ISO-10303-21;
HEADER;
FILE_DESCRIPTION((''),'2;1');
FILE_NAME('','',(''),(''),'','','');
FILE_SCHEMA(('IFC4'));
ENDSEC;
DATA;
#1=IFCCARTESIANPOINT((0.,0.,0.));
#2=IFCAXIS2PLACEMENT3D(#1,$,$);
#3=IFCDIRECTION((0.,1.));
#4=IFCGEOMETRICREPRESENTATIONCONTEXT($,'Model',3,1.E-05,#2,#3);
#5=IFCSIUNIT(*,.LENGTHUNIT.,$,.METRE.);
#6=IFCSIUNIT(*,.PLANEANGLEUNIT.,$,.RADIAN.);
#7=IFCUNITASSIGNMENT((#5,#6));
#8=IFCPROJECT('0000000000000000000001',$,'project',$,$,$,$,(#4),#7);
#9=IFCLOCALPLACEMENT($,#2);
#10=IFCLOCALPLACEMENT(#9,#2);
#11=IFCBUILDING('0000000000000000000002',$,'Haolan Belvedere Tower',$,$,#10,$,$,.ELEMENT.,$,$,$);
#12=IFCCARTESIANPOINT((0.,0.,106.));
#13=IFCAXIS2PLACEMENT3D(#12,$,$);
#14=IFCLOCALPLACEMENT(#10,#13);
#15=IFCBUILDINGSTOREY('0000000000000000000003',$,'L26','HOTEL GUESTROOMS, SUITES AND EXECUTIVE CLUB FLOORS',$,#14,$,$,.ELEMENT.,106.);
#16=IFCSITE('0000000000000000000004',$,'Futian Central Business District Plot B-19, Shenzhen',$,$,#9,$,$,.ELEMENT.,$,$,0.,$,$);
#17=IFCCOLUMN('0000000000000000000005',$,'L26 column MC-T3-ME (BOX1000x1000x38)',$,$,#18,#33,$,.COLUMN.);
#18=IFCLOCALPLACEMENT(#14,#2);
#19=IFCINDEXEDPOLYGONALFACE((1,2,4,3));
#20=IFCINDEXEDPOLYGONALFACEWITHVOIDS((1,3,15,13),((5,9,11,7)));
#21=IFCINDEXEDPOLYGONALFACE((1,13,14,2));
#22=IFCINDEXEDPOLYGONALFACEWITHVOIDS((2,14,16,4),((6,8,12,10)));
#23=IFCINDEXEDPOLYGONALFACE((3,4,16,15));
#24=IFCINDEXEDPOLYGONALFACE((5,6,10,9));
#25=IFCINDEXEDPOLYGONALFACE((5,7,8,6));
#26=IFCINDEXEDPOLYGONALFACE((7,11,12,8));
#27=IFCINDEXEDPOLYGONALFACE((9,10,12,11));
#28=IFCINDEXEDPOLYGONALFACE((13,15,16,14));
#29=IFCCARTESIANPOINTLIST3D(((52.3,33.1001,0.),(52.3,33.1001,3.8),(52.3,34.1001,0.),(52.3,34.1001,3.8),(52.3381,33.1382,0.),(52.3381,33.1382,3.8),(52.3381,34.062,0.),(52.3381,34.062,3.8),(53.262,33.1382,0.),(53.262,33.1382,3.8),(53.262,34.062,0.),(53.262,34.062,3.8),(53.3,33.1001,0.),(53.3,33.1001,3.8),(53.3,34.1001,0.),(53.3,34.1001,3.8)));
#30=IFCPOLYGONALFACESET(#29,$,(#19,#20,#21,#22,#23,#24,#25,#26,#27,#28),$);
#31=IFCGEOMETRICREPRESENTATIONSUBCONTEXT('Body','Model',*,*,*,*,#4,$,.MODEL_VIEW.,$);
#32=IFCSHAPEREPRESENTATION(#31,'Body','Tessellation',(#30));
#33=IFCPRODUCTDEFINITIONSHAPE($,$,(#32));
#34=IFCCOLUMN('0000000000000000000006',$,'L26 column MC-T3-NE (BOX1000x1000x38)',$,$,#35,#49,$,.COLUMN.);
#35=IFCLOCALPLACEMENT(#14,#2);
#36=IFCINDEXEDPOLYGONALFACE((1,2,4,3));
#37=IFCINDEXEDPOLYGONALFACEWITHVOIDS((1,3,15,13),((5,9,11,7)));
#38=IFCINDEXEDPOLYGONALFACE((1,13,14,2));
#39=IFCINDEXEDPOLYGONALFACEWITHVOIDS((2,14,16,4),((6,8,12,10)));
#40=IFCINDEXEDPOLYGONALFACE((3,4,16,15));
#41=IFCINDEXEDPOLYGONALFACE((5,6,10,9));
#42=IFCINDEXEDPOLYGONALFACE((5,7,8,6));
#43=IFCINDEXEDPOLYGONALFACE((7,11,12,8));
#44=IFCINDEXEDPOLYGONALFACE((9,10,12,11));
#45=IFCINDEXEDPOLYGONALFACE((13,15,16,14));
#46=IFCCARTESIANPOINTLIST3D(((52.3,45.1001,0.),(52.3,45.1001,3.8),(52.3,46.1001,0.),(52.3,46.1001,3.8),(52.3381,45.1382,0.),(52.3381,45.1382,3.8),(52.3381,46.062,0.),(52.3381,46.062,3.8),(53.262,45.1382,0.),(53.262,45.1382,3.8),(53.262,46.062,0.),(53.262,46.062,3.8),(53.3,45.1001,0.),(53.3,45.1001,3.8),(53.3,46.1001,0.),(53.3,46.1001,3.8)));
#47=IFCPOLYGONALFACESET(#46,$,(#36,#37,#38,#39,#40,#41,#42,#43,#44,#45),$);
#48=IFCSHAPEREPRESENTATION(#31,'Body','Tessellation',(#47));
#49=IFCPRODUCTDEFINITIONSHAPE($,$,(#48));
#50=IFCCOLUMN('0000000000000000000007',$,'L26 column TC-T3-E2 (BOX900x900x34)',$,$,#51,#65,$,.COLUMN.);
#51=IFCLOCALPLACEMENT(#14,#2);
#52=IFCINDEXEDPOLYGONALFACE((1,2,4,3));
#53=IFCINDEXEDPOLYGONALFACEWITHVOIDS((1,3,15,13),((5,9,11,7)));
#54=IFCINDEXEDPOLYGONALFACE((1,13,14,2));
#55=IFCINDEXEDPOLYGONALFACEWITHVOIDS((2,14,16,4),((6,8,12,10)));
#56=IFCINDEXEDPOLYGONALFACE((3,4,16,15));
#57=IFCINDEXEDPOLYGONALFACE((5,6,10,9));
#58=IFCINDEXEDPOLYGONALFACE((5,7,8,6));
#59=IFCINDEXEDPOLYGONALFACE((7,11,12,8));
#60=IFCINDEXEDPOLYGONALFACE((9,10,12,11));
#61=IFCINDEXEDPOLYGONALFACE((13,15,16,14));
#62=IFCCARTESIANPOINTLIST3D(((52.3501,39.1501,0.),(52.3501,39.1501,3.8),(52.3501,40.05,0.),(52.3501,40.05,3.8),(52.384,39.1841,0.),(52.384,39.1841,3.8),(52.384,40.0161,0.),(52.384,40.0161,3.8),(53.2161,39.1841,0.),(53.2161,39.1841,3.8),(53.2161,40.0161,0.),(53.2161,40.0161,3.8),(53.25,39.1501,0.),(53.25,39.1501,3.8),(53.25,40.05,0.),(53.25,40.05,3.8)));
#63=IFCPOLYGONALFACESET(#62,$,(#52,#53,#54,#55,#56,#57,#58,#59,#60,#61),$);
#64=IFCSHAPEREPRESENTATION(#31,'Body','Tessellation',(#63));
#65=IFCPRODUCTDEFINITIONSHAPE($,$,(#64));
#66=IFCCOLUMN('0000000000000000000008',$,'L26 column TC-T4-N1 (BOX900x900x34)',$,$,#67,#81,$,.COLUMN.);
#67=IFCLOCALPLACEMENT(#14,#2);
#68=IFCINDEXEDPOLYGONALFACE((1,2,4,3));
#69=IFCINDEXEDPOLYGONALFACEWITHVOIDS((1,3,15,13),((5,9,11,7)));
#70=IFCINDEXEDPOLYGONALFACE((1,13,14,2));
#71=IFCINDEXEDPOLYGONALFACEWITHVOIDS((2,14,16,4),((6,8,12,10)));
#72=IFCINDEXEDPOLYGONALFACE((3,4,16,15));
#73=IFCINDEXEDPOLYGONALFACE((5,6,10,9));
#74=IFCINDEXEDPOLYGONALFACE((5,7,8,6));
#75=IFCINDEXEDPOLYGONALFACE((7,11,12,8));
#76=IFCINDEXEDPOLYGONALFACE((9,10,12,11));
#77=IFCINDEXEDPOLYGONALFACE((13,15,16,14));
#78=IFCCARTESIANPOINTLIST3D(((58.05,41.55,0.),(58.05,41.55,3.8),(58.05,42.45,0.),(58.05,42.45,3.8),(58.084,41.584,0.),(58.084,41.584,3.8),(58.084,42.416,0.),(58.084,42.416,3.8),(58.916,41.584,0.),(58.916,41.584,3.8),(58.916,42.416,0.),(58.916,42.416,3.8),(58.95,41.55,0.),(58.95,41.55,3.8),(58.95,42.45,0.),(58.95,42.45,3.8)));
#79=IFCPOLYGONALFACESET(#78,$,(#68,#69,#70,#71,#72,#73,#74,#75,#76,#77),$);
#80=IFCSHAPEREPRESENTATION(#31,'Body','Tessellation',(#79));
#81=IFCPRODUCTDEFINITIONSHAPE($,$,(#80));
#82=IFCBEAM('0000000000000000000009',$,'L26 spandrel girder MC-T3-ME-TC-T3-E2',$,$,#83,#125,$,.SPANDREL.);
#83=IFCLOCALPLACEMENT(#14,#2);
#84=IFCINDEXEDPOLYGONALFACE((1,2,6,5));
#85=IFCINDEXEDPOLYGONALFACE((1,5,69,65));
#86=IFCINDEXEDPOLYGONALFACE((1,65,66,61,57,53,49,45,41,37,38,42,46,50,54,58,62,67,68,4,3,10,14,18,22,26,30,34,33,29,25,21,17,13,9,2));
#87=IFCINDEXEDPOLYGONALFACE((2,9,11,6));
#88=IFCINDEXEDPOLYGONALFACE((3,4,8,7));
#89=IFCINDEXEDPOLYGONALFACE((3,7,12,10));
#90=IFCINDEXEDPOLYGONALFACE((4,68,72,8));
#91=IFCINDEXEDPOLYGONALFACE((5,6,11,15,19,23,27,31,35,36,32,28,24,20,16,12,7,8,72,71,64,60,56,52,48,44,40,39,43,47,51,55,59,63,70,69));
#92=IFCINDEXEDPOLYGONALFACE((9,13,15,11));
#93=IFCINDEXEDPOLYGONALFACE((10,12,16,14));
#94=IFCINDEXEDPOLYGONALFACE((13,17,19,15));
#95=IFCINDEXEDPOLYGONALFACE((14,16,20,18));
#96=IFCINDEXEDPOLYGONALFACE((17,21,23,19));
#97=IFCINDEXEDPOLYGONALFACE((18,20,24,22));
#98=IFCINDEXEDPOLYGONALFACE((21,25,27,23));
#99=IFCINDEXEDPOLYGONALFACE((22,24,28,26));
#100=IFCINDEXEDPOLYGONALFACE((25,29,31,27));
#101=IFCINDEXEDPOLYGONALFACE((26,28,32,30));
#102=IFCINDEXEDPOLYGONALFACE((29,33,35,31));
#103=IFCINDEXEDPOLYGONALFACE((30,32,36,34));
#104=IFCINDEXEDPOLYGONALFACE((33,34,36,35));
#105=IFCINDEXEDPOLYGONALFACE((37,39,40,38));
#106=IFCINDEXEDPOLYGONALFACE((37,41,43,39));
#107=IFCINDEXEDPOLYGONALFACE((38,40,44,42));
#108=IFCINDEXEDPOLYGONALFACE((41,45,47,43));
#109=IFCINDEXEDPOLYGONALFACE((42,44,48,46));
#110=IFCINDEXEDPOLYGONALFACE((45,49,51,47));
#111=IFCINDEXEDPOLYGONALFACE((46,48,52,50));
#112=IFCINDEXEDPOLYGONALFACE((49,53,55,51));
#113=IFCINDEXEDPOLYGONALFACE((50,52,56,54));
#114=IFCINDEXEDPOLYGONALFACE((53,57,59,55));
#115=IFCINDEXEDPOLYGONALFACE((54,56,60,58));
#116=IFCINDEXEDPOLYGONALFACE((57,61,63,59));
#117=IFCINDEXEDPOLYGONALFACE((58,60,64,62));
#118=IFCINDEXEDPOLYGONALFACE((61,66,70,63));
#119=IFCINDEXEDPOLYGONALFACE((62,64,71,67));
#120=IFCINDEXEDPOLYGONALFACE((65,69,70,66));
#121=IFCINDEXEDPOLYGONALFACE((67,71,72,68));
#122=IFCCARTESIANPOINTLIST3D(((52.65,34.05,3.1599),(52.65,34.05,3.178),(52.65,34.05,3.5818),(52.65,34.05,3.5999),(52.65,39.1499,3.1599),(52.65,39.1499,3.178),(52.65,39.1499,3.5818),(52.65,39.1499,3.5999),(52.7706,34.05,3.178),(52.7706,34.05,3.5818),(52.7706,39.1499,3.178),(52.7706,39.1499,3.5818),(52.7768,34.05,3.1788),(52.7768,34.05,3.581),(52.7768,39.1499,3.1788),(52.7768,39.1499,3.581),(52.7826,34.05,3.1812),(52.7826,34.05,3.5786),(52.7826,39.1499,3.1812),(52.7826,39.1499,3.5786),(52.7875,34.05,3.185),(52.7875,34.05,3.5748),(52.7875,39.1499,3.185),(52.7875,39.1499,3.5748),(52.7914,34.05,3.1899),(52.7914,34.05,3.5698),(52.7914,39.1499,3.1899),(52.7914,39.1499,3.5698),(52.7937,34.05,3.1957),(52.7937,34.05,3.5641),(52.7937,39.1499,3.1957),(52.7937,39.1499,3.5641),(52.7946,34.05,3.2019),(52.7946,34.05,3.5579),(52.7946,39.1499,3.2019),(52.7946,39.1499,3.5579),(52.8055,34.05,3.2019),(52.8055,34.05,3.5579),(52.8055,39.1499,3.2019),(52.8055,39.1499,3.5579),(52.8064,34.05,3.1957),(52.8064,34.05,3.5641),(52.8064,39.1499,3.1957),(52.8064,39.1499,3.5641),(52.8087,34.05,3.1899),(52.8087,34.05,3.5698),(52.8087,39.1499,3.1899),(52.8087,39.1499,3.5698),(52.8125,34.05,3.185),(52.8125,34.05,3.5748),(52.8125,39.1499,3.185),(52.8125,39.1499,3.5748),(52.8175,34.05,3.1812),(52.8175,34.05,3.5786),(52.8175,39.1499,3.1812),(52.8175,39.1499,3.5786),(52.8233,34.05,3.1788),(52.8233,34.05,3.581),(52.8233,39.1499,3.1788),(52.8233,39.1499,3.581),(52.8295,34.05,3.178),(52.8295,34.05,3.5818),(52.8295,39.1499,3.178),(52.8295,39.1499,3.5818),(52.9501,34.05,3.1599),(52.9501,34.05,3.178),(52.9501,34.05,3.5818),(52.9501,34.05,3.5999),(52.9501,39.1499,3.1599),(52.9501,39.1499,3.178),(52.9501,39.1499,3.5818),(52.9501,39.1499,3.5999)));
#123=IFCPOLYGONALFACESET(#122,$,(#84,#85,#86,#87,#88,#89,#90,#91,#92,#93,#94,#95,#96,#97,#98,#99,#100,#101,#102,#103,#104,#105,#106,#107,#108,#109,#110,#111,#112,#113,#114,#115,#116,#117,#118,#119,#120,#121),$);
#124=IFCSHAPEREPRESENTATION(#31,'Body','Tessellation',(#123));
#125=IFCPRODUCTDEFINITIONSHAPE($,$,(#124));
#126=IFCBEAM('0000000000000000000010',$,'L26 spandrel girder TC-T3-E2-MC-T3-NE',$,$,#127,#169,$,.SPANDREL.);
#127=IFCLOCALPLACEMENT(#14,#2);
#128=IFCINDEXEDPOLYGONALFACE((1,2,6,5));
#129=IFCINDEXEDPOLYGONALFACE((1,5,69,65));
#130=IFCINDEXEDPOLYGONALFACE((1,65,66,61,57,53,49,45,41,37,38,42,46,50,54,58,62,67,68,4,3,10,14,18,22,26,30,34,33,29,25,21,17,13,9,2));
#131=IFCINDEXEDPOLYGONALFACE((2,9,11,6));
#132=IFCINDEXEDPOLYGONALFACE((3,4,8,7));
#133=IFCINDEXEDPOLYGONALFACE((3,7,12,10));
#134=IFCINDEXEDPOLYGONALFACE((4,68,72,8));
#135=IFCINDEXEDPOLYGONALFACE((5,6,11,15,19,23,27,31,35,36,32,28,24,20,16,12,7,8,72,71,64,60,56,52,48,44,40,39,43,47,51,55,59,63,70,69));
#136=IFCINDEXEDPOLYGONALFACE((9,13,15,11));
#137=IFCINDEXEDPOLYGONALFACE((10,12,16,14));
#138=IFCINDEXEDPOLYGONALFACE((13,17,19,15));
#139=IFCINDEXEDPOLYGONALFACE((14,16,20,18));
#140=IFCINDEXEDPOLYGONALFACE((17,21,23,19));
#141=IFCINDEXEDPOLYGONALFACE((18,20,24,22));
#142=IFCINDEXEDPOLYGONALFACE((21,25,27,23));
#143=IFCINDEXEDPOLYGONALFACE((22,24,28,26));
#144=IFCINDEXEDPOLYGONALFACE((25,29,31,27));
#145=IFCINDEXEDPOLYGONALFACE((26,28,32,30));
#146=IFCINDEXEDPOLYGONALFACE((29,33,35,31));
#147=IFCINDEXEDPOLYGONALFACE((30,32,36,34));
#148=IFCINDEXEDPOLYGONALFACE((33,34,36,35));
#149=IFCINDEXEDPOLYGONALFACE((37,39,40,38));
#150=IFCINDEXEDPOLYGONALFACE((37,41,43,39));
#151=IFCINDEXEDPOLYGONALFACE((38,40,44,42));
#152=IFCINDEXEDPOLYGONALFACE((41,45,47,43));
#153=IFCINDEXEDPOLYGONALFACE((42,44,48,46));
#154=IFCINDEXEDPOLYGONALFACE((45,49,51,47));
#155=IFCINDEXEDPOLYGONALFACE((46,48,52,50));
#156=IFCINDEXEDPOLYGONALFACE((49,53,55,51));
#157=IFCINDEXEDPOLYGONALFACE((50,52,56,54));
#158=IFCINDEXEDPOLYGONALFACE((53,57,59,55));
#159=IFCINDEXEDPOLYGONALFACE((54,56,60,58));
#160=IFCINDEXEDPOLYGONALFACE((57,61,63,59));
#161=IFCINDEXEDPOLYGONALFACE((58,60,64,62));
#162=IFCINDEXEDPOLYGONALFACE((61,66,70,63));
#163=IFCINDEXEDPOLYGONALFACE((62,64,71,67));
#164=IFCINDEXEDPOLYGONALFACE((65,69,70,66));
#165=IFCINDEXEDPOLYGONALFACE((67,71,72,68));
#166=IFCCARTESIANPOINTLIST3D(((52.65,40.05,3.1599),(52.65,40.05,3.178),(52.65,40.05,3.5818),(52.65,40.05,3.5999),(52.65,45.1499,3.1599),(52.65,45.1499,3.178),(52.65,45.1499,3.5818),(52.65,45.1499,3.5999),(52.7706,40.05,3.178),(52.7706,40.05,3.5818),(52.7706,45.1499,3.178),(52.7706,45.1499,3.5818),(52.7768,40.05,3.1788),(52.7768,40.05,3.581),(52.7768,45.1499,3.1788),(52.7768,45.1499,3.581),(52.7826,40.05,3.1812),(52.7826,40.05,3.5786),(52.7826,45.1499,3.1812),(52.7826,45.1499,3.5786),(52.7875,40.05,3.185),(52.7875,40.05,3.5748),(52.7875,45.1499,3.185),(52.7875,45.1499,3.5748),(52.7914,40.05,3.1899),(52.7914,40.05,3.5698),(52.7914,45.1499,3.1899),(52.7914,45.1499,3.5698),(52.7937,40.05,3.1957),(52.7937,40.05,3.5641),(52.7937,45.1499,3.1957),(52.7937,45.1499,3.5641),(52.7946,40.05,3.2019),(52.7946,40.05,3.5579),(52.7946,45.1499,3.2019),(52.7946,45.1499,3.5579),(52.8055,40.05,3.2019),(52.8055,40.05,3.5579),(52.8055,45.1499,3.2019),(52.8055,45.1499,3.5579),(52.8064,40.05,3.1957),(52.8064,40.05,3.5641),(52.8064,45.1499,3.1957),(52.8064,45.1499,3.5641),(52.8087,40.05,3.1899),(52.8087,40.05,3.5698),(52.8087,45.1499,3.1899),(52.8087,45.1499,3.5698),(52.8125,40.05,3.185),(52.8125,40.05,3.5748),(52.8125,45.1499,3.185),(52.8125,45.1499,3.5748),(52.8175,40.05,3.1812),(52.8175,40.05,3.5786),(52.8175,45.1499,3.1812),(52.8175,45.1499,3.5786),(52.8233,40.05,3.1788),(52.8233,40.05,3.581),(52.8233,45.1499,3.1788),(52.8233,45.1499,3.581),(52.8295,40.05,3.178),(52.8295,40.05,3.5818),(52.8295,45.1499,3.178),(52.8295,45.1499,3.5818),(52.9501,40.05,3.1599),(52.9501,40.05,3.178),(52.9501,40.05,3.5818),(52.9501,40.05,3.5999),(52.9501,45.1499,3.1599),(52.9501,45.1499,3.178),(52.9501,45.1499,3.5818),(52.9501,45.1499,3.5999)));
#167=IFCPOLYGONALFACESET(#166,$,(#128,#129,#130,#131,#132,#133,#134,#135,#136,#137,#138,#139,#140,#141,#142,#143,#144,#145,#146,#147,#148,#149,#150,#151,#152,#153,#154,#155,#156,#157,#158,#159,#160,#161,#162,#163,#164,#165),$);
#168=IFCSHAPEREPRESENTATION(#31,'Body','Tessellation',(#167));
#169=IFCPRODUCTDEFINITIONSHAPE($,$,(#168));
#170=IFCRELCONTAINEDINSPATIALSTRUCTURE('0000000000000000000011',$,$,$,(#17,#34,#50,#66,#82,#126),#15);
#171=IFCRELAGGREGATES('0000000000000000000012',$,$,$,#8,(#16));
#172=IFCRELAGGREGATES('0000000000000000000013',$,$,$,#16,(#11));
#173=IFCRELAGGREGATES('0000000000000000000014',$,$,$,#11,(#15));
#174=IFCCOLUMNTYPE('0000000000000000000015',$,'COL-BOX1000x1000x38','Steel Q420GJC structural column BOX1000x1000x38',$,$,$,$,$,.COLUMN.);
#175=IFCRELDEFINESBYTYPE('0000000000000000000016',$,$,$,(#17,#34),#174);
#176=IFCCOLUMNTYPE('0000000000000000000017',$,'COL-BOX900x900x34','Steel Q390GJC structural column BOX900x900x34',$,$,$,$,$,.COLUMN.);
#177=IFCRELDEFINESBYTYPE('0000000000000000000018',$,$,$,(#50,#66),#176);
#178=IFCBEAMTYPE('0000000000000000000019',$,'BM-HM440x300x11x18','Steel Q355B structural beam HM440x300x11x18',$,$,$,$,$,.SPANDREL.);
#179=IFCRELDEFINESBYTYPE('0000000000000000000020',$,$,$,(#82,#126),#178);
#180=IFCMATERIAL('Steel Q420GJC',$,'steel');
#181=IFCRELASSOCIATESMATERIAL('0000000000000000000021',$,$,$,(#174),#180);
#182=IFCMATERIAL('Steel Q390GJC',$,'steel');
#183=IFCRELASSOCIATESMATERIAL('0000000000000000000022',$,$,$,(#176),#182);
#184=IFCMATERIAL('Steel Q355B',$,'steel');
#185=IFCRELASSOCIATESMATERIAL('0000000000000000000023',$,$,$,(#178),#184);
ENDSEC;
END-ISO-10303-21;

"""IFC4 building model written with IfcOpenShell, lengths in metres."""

from ifc_helpers import new_model, si_unit, direction, frame, origin, origin_2d, place, context, subcontext, project, spatial, hollow_rectangle, i_section, extrude, material, material_profile, profile_set, type_object, element, save


model = new_model("IFC4")

# Units and contexts
model_context = context("Model", 3, precision=1e-05, world=origin(), true_north=direction((0.0, 1.0)))
body_context = subcontext(model_context, "Body", "Model", "MODEL_VIEW")
ifc_project = project(units=[si_unit("LENGTHUNIT", "METRE"), si_unit("PLANEANGLEUNIT", "RADIAN")], contexts=[model_context])

# Site, building, storey
site_placement = place(None, origin())
site = spatial("IfcSite", under=ifc_project, at=site_placement, Name="Futian Central Business District Plot B-19, Shenzhen", CompositionType="ELEMENT", RefElevation=0.0)
building_placement = place(site_placement, origin())
building = spatial("IfcBuilding", under=site, at=building_placement, Name="Haolan Belvedere Tower", CompositionType="ELEMENT")
storey_placement = place(building_placement, frame((0.0, 0.0, 106.0)))
storey = spatial("IfcBuildingStorey", under=building, at=storey_placement, Name="L26", Description="HOTEL GUESTROOMS, SUITES AND EXECUTIVE CLUB FLOORS", CompositionType="ELEMENT", Elevation=106.0)

# Columns
ifc_material_1 = material(Name="Steel Q420GJC", Category="steel")
ifc_material_profile_1 = material_profile(ifc_material_1, hollow_rectangle(XDim=1.0, YDim=1.0, WallThickness=0.0381, at=origin_2d()), Name="Steel Q420GJC")
ifc_profile_set_1 = profile_set([ifc_material_profile_1], Name="Steel Q420GJC")
column_type_1 = type_object("IfcColumnType", Name="COL-BOX1000x1000x38", Description="Steel Q420GJC structural column BOX1000x1000x38", PredefinedType="COLUMN", material=ifc_profile_set_1)
for number, where, z_axis, x_axis, name in (
    (1, (52.8, 33.6001, 0.0), (0.0, 0.0, 1.0), (1.0, 0.0, 0.0), "L26 column MC-T3-ME (BOX1000x1000x38)"),
    (2, (52.8, 45.6001, 0.0), (0.0, 0.0, 1.0), (1.0, 0.0, 0.0), "L26 column MC-T3-NE (BOX1000x1000x38)"),
):
    element("IfcColumn", number, at=place(storey_placement, frame(where, z_axis=z_axis, x_axis=x_axis)), inside=storey, type_object=column_type_1, Name=name, PredefinedType="COLUMN", context=body_context, shape_type="SweptSolid", body=[
        extrude(hollow_rectangle(XDim=1.0, YDim=1.0, WallThickness=0.0381, at=origin_2d()), origin(), (0.0, 0.0, 1.0), 3.8),
    ])
ifc_material_2 = material(Name="Steel Q390GJC", Category="steel")
ifc_material_profile_2 = material_profile(ifc_material_2, hollow_rectangle(XDim=0.8999, YDim=0.8999, WallThickness=0.0339, at=origin_2d()), Name="Steel Q390GJC")
ifc_profile_set_2 = profile_set([ifc_material_profile_2], Name="Steel Q390GJC")
column_type_2 = type_object("IfcColumnType", Name="COL-BOX900x900x34", Description="Steel Q390GJC structural column BOX900x900x34", PredefinedType="COLUMN", material=ifc_profile_set_2)
for number, where, z_axis, x_axis, name in (
    (3, (52.8, 39.6001, 0.0), (0.0, 0.0, 1.0), (1.0, 0.0, 0.0), "L26 column TC-T3-E2 (BOX900x900x34)"),
    (4, (58.5, 42.0, 0.0), (0.0, 0.0, 1.0), (1.0, 0.0, 0.0), "L26 column TC-T4-N1 (BOX900x900x34)"),
):
    element("IfcColumn", number, at=place(storey_placement, frame(where, z_axis=z_axis, x_axis=x_axis)), inside=storey, type_object=column_type_2, Name=name, PredefinedType="COLUMN", context=body_context, shape_type="SweptSolid", body=[
        extrude(hollow_rectangle(XDim=0.8999, YDim=0.8999, WallThickness=0.0339, at=origin_2d()), origin(), (0.0, 0.0, 1.0), 3.8),
    ])

# Beams
ifc_material_3 = material(Name="Steel Q355B", Category="steel")
ifc_material_profile_3 = material_profile(ifc_material_3, i_section(OverallWidth=0.3, OverallDepth=0.4399, WebThickness=0.011, FlangeThickness=0.0181, FilletRadius=0.0239, at=origin_2d()), Name="Steel Q355B")
ifc_profile_set_3 = profile_set([ifc_material_profile_3], Name="Steel Q355B")
beam_type_1 = type_object("IfcBeamType", Name="BM-HM440x300x11x18", Description="Steel Q355B structural beam HM440x300x11x18", PredefinedType="SPANDREL", material=ifc_profile_set_3)
for number, where, z_axis, x_axis, name in (
    (5, (52.8, 34.05, 3.3799), (0.0, 1.0, 0.0), (-1.0, 0.0, 0.0), "L26 spandrel girder MC-T3-ME-TC-T3-E2"),
    (6, (52.8, 40.05, 3.3799), (0.0, 1.0, 0.0), (-1.0, 0.0, 0.0), "L26 spandrel girder TC-T3-E2-MC-T3-NE"),
):
    element("IfcBeam", number, at=place(storey_placement, frame(where, z_axis=z_axis, x_axis=x_axis)), inside=storey, type_object=beam_type_1, Name=name, PredefinedType="SPANDREL", context=body_context, shape_type="SweptSolid", body=[
        extrude(i_section(OverallWidth=0.3, OverallDepth=0.4399, WebThickness=0.011, FlangeThickness=0.0181, FilletRadius=0.0239, at=origin_2d()), origin(), (0.0, 0.0, 1.0), 5.0999),
    ])

save(model, "model.ifc")
